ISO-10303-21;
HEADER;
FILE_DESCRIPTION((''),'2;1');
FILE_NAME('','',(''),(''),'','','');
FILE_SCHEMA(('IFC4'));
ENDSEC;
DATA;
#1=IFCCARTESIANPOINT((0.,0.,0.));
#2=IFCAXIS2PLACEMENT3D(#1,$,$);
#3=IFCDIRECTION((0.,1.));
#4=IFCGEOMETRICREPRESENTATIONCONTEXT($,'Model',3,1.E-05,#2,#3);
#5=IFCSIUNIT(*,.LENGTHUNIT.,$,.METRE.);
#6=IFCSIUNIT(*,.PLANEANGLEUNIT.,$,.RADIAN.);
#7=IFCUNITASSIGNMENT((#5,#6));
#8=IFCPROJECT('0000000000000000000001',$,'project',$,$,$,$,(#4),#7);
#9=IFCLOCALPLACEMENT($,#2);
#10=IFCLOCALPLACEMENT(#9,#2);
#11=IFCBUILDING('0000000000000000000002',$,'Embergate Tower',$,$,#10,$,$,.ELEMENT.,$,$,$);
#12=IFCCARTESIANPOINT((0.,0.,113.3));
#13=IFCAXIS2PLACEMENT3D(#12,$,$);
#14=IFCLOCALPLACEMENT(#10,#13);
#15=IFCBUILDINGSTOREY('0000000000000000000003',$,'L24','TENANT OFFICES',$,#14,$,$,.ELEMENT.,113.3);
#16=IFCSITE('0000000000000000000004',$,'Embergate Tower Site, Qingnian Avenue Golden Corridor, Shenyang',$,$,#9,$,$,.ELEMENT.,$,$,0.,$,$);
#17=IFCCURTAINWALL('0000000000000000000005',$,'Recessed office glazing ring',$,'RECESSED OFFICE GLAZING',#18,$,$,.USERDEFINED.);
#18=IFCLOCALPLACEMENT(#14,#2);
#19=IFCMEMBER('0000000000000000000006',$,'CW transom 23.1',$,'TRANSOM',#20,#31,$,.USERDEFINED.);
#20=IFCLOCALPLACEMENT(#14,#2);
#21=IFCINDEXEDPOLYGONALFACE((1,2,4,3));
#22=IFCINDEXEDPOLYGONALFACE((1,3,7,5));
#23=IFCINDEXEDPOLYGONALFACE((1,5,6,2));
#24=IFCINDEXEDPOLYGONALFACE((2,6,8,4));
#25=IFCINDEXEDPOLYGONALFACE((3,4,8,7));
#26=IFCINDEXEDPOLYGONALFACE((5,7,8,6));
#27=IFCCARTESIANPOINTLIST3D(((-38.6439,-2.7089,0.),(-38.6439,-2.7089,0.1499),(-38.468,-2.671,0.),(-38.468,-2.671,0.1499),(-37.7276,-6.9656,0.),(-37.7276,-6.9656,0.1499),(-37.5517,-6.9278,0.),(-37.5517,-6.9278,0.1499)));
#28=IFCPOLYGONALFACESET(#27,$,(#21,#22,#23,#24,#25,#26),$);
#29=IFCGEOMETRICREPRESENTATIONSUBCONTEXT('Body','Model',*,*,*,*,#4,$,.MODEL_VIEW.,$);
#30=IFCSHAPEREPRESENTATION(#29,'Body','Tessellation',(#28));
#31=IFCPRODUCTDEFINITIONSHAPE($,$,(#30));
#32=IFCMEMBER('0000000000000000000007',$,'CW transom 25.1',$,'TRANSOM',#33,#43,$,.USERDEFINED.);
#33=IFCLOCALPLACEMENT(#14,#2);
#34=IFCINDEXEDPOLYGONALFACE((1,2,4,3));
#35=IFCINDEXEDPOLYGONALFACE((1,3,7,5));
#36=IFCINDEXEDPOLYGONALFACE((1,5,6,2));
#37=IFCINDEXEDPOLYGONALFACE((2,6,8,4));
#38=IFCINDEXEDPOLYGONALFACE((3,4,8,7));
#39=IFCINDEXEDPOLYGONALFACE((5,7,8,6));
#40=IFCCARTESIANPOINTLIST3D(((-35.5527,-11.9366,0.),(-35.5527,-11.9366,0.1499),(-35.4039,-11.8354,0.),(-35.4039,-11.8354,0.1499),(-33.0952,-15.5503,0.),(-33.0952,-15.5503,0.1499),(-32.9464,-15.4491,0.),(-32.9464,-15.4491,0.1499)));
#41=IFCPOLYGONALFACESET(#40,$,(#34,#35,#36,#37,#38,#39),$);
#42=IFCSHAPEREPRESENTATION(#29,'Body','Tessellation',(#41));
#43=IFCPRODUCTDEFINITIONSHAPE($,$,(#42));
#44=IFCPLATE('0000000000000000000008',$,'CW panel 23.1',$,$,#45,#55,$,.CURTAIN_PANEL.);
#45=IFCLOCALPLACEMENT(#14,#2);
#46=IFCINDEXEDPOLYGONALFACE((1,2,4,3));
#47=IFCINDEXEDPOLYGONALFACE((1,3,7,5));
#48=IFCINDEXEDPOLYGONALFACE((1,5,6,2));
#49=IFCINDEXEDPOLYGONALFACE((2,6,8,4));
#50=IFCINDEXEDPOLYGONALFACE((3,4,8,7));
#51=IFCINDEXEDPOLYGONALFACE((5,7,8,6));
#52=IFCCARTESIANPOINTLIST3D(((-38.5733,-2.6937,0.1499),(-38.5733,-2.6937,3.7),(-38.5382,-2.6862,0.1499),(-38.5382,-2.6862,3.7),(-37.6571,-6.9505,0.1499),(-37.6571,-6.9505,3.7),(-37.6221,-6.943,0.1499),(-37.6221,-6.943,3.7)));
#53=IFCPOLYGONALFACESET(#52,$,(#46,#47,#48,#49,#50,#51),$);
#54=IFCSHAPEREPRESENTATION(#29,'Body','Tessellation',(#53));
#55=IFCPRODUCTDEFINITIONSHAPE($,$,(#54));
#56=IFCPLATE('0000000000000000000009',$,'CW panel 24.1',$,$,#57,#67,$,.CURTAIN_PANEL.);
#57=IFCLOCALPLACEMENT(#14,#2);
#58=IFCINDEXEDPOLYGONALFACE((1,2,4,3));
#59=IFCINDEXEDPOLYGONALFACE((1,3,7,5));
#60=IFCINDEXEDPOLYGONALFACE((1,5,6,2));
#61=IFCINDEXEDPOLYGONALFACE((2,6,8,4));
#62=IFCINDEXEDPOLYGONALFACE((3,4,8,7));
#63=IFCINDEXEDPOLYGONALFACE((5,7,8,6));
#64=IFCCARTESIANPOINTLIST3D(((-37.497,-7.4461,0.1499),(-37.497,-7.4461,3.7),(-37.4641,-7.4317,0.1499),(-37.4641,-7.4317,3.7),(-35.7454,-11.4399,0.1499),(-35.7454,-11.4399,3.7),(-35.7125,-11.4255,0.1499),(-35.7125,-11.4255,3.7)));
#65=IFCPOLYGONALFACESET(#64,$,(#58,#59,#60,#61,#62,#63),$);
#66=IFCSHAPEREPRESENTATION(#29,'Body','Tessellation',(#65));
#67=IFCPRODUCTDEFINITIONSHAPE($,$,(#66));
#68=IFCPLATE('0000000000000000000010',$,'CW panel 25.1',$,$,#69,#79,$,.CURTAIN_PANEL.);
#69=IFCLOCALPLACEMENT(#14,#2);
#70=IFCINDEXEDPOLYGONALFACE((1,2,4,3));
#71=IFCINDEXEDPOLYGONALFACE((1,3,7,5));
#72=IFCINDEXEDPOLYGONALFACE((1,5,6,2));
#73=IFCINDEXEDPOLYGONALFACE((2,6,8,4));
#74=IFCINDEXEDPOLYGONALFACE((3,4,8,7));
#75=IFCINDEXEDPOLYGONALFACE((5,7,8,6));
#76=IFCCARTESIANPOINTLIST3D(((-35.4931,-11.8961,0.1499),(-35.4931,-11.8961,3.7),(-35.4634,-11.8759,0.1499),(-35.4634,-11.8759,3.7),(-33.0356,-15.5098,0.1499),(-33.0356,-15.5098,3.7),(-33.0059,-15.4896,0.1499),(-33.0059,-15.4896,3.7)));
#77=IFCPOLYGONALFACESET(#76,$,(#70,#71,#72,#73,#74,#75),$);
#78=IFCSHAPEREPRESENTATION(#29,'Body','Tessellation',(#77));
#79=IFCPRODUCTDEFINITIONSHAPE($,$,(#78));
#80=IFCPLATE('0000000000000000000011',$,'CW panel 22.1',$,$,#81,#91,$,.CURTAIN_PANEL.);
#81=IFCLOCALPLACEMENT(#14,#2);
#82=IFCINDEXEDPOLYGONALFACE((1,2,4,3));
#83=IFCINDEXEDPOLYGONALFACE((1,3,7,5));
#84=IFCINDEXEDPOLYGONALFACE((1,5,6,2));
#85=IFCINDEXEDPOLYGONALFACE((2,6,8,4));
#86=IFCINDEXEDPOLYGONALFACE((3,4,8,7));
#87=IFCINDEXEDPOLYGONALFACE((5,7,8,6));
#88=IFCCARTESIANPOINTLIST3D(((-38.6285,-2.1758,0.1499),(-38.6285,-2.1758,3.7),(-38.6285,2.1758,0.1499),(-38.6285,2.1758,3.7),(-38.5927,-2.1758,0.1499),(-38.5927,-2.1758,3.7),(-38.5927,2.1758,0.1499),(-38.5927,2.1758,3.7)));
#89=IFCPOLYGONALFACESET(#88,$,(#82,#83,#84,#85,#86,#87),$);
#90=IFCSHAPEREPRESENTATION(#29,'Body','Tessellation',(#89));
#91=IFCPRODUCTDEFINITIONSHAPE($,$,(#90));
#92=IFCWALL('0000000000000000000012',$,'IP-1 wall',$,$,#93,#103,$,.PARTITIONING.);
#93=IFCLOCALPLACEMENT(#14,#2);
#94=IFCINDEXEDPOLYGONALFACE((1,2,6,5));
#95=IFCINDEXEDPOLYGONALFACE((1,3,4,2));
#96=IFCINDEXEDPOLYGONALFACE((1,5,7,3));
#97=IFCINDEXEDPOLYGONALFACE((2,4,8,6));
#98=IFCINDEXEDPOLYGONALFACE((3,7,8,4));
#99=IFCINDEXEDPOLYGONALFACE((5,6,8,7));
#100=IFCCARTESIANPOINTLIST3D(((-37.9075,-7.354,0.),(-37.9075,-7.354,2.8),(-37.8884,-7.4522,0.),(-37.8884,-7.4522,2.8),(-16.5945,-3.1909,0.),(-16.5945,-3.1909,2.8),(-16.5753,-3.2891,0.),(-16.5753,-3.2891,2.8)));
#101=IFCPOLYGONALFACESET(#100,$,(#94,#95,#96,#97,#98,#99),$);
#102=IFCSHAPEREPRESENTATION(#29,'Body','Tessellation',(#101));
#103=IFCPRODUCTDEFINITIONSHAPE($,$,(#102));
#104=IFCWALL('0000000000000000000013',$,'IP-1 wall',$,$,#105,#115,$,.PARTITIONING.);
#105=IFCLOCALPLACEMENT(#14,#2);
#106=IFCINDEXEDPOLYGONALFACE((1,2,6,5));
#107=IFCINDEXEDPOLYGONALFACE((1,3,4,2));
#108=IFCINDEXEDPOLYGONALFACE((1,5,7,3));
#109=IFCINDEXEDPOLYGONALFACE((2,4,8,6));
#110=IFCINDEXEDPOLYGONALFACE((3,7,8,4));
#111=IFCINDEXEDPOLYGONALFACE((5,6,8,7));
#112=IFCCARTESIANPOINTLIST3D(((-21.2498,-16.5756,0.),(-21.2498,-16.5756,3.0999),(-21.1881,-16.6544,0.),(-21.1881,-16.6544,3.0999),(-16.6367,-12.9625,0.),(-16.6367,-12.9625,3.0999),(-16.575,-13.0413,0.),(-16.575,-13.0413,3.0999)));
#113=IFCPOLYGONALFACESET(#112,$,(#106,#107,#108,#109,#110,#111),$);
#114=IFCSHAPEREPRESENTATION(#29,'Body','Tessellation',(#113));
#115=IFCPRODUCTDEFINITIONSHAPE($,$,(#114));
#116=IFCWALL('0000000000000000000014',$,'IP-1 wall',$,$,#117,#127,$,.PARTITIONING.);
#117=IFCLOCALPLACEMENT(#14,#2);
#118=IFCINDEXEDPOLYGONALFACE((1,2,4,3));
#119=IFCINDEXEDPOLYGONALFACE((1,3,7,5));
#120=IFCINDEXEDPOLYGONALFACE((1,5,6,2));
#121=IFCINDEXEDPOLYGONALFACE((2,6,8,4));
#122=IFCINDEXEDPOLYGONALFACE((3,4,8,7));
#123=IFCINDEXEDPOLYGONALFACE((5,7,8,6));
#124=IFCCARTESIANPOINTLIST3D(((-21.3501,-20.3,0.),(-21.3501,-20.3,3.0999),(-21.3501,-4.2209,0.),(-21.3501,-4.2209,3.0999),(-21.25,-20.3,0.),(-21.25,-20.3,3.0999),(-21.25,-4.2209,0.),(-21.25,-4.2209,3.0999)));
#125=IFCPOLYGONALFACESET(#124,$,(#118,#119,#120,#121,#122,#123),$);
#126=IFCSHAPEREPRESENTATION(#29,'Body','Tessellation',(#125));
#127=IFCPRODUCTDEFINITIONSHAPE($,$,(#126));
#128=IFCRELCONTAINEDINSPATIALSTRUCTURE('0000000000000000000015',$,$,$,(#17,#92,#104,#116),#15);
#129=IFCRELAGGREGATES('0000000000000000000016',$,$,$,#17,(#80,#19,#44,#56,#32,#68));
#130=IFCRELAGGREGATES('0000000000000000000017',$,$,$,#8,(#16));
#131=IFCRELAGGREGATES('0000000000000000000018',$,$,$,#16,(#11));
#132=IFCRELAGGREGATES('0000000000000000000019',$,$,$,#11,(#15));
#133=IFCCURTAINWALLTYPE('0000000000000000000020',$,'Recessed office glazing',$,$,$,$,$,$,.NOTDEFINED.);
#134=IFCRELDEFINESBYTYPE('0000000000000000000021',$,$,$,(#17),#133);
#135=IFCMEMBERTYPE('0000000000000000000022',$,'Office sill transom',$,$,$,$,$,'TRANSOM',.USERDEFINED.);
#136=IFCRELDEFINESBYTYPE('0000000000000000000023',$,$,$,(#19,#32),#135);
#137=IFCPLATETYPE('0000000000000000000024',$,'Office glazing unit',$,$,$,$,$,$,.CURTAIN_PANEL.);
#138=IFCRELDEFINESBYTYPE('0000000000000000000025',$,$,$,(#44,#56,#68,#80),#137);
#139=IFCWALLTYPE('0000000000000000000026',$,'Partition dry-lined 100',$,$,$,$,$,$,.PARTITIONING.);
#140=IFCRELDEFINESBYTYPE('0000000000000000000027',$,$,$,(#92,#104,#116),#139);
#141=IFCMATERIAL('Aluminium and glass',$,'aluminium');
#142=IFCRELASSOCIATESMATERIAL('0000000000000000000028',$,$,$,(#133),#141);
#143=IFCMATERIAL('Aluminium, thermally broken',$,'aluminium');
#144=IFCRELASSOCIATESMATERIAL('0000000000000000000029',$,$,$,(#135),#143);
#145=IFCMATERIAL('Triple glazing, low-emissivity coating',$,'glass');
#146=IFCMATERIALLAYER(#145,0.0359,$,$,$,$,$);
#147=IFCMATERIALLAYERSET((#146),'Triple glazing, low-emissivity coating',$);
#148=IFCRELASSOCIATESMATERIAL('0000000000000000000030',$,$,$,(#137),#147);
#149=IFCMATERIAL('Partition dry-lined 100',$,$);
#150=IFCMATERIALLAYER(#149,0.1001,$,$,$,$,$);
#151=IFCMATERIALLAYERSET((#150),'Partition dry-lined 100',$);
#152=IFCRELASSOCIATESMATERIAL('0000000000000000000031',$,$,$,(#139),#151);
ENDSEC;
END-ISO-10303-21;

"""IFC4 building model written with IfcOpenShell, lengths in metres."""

from ifc_helpers import new_model, si_unit, direction, frame, frame_2d, origin, origin_2d, place, context, subcontext, project, spatial, rectangle, extrude, source, transform, mapped, material, layer, layer_set, material_profile, profile_set, type_object, element, aggregate, save


model = new_model("IFC4")

# Units and contexts
model_context = context("Model", 3, precision=1e-05, world=origin(), true_north=direction((0.0, 1.0)))
body_context = subcontext(model_context, "Body", "Model", "MODEL_VIEW")
ifc_project = project(units=[si_unit("LENGTHUNIT", "METRE"), si_unit("PLANEANGLEUNIT", "RADIAN")], contexts=[model_context])

# Site, building, storey
site_placement = place(None, origin())
site = spatial("IfcSite", under=ifc_project, at=site_placement, Name="Embergate Tower Site, Qingnian Avenue Golden Corridor, Shenyang", CompositionType="ELEMENT", RefElevation=0.0)
building_placement = place(site_placement, origin())
building = spatial("IfcBuilding", under=site, at=building_placement, Name="Embergate Tower", CompositionType="ELEMENT")
storey_placement = place(building_placement, frame((0.0, 0.0, 113.3)))
storey = spatial("IfcBuildingStorey", under=building, at=storey_placement, Name="L24", Description="TENANT OFFICES", CompositionType="ELEMENT", Elevation=113.3)

# Curtain wall, members, plates
ifc_material_1 = material(Name="Aluminium and glass", Category="aluminium")
curtain_wall_type = type_object("IfcCurtainWallType", Name="Recessed office glazing", PredefinedType="NOTDEFINED", material=ifc_material_1)
curtain_wall_placement = place(storey_placement, origin())
curtain_wall = element("IfcCurtainWall", 1, at=curtain_wall_placement, inside=storey, type_object=curtain_wall_type, Name="Recessed office glazing ring", ObjectType="RECESSED OFFICE GLAZING", PredefinedType="USERDEFINED")
ifc_material_2 = material(Name="Aluminium, thermally broken", Category="aluminium")
ifc_material_profile_1 = material_profile(ifc_material_2, rectangle(XDim=0.1799, YDim=0.1499, at=origin_2d()), Name="AL 150x180")
ifc_profile_set_1 = profile_set([ifc_material_profile_1], Name="Aluminium, thermally broken")
member_type_1 = type_object("IfcMemberType", Name="Office sill transom", ElementType="TRANSOM", PredefinedType="USERDEFINED", material=ifc_profile_set_1)
shared_shape_1 = source(origin(), body_context, "Body", "SweptSolid", [
    extrude(rectangle(XDim=0.1799, YDim=0.1499, at=origin_2d()), origin(), (0.0, 0.0, 1.0), 4.3542),
])
member_1_placement = place(storey_placement, frame((-38.5559, -2.6899, 0.075), z_axis=(0.210425, -0.97761, 0.0), x_axis=(0.97761, 0.210425, 0.0)))
member_1 = element("IfcMember", 2, at=member_1_placement, type_object=member_type_1, Name="CW transom 23.1", ObjectType="TRANSOM", PredefinedType="USERDEFINED", context=body_context, shape_type="MappedRepresentation", body=[
    mapped(shared_shape_1, transform((0.0, 0.0, 0.0))),
])
shared_shape_2 = source(origin(), body_context, "Body", "SweptSolid", [
    extrude(rectangle(XDim=0.1799, YDim=0.1499, at=origin_2d()), origin(), (0.0, 0.0, 1.0), 4.3701),
])
member_2_placement = place(storey_placement, frame((-35.4783, -11.886, 0.075), z_axis=(0.562334, -0.82691, 0.0), x_axis=(0.82691, 0.562334, 0.0)))
member_2 = element("IfcMember", 3, at=member_2_placement, type_object=member_type_1, Name="CW transom 25.1", ObjectType="TRANSOM", PredefinedType="USERDEFINED", context=body_context, shape_type="MappedRepresentation", body=[
    mapped(shared_shape_2, transform((0.0, 0.0, 0.0))),
])
ifc_material_3 = material(Name="Triple glazing, low-emissivity coating", Category="glass")
ifc_layer_1 = layer(ifc_material_3, 0.0359)
ifc_layer_set_1 = layer_set([ifc_layer_1], Name="Triple glazing, low-emissivity coating")
plate_type = type_object("IfcPlateType", Name="Office glazing unit", PredefinedType="CURTAIN_PANEL", material=ifc_layer_set_1)
shared_shape_3 = source(origin(), body_context, "Body", "SweptSolid", [
    extrude(rectangle(XDim=4.3542, YDim=0.0359, at=origin_2d()), origin(), (0.0, 0.0, 1.0), 3.55),
])
plate_1_placement = place(storey_placement, frame((-38.0977, -4.8184, 0.1499), z_axis=(0.0, 0.0, 1.0), x_axis=(0.210395, -0.977616, 0.0)))
plate_1 = element("IfcPlate", 4, at=plate_1_placement, type_object=plate_type, Name="CW panel 23.1", PredefinedType="CURTAIN_PANEL", context=body_context, shape_type="MappedRepresentation", body=[
    mapped(shared_shape_3, transform((0.0, 0.0, 0.0))),
])
shared_shape_4 = source(origin(), body_context, "Body", "SweptSolid", [
    extrude(rectangle(XDim=4.3611, YDim=0.0359, at=origin_2d()), origin(), (0.0, 0.0, 1.0), 3.55),
])
plate_2_placement = place(storey_placement, frame((-36.6047, -9.4358, 0.1499), z_axis=(0.0, 0.0, 1.0), x_axis=(0.401647, -0.915794, 0.0)))
plate_2 = element("IfcPlate", 5, at=plate_2_placement, type_object=plate_type, Name="CW panel 24.1", PredefinedType="CURTAIN_PANEL", context=body_context, shape_type="MappedRepresentation", body=[
    mapped(shared_shape_4, transform((0.0, 0.0, 0.0))),
])
shared_shape_5 = source(origin(), body_context, "Body", "SweptSolid", [
    extrude(rectangle(XDim=4.3701, YDim=0.0359, at=origin_2d()), origin(), (0.0, 0.0, 1.0), 3.55),
])
plate_3_placement = place(storey_placement, frame((-34.2495, -13.6929, 0.1499), z_axis=(0.0, 0.0, 1.0), x_axis=(0.562337, -0.826908, 0.0)))
plate_3 = element("IfcPlate", 6, at=plate_3_placement, type_object=plate_type, Name="CW panel 25.1", PredefinedType="CURTAIN_PANEL", context=body_context, shape_type="MappedRepresentation", body=[
    mapped(shared_shape_5, transform((0.0, 0.0, 0.0))),
])
shared_shape_6 = source(origin(), body_context, "Body", "SweptSolid", [
    extrude(rectangle(XDim=4.3516, YDim=0.0359, at=origin_2d()), origin(), (0.0, 0.0, 1.0), 3.55),
])
plate_4_placement = place(storey_placement, frame((-38.6106, 0.0, 0.1499), z_axis=(0.0, 0.0, 1.0), x_axis=(0.0, -1.0, 0.0)))
plate_4 = element("IfcPlate", 7, at=plate_4_placement, type_object=plate_type, Name="CW panel 22.1", PredefinedType="CURTAIN_PANEL", context=body_context, shape_type="MappedRepresentation", body=[
    mapped(shared_shape_6, transform((0.0, 0.0, 0.0))),
])
aggregate(curtain_wall, [plate_4, member_1, plate_1, plate_2, member_2, plate_3])

# Walls
ifc_material_4 = material(Name="Partition dry-lined 100")
ifc_layer_2 = layer(ifc_material_4, 0.1001)
ifc_layer_set_2 = layer_set([ifc_layer_2], Name="Partition dry-lined 100")
wall_type = type_object("IfcWallType", Name="Partition dry-lined 100", PredefinedType="PARTITIONING", material=ifc_layer_set_2)
shared_shape_7 = source(origin(), body_context, "Body", "SweptSolid", [
    extrude(rectangle(XDim=21.7158, YDim=0.1001, at=frame_2d((10.8579, 0.0))), origin(), (0.0, 0.0, 1.0), 2.8),
])
wall_1_placement = place(storey_placement, frame((-37.8979, -7.4031, 0.0), z_axis=(0.0, 0.0, 1.0), x_axis=(0.981452, 0.191708, 0.0)))
element("IfcWall", 8, at=wall_1_placement, inside=storey, type_object=wall_type, Name="IP-1 wall", PredefinedType="PARTITIONING", context=body_context, shape_type="MappedRepresentation", body=[
    mapped(shared_shape_7, transform((0.0, 0.0, 0.0))),
])
shared_shape_8 = source(origin(), body_context, "Body", "SweptSolid", [
    extrude(rectangle(XDim=5.8596, YDim=0.1001, at=frame_2d((2.9297, 0.0))), origin(), (0.0, 0.0, 1.0), 3.0999),
])
wall_2_placement = place(storey_placement, frame((-16.606, -13.002, 0.0), z_axis=(0.0, 0.0, 1.0), x_axis=(-0.78727, -0.616608, 0.0)))
element("IfcWall", 9, at=wall_2_placement, inside=storey, type_object=wall_type, Name="IP-1 wall", PredefinedType="PARTITIONING", context=body_context, shape_type="MappedRepresentation", body=[
    mapped(shared_shape_8, transform((0.0, 0.0, 0.0))),
])
shared_shape_9 = source(origin(), body_context, "Body", "SweptSolid", [
    extrude(rectangle(XDim=16.0791, YDim=0.1001, at=frame_2d((8.0396, 0.0))), origin(), (0.0, 0.0, 1.0), 3.0999),
])
wall_3_placement = place(storey_placement, frame((-21.3, -4.2209, 0.0), z_axis=(0.0, 0.0, 1.0), x_axis=(0.0, -1.0, 0.0)))
element("IfcWall", 10, at=wall_3_placement, inside=storey, type_object=wall_type, Name="IP-1 wall", PredefinedType="PARTITIONING", context=body_context, shape_type="MappedRepresentation", body=[
    mapped(shared_shape_9, transform((0.0, 0.0, 0.0))),
])

save(model, "model.ifc")
